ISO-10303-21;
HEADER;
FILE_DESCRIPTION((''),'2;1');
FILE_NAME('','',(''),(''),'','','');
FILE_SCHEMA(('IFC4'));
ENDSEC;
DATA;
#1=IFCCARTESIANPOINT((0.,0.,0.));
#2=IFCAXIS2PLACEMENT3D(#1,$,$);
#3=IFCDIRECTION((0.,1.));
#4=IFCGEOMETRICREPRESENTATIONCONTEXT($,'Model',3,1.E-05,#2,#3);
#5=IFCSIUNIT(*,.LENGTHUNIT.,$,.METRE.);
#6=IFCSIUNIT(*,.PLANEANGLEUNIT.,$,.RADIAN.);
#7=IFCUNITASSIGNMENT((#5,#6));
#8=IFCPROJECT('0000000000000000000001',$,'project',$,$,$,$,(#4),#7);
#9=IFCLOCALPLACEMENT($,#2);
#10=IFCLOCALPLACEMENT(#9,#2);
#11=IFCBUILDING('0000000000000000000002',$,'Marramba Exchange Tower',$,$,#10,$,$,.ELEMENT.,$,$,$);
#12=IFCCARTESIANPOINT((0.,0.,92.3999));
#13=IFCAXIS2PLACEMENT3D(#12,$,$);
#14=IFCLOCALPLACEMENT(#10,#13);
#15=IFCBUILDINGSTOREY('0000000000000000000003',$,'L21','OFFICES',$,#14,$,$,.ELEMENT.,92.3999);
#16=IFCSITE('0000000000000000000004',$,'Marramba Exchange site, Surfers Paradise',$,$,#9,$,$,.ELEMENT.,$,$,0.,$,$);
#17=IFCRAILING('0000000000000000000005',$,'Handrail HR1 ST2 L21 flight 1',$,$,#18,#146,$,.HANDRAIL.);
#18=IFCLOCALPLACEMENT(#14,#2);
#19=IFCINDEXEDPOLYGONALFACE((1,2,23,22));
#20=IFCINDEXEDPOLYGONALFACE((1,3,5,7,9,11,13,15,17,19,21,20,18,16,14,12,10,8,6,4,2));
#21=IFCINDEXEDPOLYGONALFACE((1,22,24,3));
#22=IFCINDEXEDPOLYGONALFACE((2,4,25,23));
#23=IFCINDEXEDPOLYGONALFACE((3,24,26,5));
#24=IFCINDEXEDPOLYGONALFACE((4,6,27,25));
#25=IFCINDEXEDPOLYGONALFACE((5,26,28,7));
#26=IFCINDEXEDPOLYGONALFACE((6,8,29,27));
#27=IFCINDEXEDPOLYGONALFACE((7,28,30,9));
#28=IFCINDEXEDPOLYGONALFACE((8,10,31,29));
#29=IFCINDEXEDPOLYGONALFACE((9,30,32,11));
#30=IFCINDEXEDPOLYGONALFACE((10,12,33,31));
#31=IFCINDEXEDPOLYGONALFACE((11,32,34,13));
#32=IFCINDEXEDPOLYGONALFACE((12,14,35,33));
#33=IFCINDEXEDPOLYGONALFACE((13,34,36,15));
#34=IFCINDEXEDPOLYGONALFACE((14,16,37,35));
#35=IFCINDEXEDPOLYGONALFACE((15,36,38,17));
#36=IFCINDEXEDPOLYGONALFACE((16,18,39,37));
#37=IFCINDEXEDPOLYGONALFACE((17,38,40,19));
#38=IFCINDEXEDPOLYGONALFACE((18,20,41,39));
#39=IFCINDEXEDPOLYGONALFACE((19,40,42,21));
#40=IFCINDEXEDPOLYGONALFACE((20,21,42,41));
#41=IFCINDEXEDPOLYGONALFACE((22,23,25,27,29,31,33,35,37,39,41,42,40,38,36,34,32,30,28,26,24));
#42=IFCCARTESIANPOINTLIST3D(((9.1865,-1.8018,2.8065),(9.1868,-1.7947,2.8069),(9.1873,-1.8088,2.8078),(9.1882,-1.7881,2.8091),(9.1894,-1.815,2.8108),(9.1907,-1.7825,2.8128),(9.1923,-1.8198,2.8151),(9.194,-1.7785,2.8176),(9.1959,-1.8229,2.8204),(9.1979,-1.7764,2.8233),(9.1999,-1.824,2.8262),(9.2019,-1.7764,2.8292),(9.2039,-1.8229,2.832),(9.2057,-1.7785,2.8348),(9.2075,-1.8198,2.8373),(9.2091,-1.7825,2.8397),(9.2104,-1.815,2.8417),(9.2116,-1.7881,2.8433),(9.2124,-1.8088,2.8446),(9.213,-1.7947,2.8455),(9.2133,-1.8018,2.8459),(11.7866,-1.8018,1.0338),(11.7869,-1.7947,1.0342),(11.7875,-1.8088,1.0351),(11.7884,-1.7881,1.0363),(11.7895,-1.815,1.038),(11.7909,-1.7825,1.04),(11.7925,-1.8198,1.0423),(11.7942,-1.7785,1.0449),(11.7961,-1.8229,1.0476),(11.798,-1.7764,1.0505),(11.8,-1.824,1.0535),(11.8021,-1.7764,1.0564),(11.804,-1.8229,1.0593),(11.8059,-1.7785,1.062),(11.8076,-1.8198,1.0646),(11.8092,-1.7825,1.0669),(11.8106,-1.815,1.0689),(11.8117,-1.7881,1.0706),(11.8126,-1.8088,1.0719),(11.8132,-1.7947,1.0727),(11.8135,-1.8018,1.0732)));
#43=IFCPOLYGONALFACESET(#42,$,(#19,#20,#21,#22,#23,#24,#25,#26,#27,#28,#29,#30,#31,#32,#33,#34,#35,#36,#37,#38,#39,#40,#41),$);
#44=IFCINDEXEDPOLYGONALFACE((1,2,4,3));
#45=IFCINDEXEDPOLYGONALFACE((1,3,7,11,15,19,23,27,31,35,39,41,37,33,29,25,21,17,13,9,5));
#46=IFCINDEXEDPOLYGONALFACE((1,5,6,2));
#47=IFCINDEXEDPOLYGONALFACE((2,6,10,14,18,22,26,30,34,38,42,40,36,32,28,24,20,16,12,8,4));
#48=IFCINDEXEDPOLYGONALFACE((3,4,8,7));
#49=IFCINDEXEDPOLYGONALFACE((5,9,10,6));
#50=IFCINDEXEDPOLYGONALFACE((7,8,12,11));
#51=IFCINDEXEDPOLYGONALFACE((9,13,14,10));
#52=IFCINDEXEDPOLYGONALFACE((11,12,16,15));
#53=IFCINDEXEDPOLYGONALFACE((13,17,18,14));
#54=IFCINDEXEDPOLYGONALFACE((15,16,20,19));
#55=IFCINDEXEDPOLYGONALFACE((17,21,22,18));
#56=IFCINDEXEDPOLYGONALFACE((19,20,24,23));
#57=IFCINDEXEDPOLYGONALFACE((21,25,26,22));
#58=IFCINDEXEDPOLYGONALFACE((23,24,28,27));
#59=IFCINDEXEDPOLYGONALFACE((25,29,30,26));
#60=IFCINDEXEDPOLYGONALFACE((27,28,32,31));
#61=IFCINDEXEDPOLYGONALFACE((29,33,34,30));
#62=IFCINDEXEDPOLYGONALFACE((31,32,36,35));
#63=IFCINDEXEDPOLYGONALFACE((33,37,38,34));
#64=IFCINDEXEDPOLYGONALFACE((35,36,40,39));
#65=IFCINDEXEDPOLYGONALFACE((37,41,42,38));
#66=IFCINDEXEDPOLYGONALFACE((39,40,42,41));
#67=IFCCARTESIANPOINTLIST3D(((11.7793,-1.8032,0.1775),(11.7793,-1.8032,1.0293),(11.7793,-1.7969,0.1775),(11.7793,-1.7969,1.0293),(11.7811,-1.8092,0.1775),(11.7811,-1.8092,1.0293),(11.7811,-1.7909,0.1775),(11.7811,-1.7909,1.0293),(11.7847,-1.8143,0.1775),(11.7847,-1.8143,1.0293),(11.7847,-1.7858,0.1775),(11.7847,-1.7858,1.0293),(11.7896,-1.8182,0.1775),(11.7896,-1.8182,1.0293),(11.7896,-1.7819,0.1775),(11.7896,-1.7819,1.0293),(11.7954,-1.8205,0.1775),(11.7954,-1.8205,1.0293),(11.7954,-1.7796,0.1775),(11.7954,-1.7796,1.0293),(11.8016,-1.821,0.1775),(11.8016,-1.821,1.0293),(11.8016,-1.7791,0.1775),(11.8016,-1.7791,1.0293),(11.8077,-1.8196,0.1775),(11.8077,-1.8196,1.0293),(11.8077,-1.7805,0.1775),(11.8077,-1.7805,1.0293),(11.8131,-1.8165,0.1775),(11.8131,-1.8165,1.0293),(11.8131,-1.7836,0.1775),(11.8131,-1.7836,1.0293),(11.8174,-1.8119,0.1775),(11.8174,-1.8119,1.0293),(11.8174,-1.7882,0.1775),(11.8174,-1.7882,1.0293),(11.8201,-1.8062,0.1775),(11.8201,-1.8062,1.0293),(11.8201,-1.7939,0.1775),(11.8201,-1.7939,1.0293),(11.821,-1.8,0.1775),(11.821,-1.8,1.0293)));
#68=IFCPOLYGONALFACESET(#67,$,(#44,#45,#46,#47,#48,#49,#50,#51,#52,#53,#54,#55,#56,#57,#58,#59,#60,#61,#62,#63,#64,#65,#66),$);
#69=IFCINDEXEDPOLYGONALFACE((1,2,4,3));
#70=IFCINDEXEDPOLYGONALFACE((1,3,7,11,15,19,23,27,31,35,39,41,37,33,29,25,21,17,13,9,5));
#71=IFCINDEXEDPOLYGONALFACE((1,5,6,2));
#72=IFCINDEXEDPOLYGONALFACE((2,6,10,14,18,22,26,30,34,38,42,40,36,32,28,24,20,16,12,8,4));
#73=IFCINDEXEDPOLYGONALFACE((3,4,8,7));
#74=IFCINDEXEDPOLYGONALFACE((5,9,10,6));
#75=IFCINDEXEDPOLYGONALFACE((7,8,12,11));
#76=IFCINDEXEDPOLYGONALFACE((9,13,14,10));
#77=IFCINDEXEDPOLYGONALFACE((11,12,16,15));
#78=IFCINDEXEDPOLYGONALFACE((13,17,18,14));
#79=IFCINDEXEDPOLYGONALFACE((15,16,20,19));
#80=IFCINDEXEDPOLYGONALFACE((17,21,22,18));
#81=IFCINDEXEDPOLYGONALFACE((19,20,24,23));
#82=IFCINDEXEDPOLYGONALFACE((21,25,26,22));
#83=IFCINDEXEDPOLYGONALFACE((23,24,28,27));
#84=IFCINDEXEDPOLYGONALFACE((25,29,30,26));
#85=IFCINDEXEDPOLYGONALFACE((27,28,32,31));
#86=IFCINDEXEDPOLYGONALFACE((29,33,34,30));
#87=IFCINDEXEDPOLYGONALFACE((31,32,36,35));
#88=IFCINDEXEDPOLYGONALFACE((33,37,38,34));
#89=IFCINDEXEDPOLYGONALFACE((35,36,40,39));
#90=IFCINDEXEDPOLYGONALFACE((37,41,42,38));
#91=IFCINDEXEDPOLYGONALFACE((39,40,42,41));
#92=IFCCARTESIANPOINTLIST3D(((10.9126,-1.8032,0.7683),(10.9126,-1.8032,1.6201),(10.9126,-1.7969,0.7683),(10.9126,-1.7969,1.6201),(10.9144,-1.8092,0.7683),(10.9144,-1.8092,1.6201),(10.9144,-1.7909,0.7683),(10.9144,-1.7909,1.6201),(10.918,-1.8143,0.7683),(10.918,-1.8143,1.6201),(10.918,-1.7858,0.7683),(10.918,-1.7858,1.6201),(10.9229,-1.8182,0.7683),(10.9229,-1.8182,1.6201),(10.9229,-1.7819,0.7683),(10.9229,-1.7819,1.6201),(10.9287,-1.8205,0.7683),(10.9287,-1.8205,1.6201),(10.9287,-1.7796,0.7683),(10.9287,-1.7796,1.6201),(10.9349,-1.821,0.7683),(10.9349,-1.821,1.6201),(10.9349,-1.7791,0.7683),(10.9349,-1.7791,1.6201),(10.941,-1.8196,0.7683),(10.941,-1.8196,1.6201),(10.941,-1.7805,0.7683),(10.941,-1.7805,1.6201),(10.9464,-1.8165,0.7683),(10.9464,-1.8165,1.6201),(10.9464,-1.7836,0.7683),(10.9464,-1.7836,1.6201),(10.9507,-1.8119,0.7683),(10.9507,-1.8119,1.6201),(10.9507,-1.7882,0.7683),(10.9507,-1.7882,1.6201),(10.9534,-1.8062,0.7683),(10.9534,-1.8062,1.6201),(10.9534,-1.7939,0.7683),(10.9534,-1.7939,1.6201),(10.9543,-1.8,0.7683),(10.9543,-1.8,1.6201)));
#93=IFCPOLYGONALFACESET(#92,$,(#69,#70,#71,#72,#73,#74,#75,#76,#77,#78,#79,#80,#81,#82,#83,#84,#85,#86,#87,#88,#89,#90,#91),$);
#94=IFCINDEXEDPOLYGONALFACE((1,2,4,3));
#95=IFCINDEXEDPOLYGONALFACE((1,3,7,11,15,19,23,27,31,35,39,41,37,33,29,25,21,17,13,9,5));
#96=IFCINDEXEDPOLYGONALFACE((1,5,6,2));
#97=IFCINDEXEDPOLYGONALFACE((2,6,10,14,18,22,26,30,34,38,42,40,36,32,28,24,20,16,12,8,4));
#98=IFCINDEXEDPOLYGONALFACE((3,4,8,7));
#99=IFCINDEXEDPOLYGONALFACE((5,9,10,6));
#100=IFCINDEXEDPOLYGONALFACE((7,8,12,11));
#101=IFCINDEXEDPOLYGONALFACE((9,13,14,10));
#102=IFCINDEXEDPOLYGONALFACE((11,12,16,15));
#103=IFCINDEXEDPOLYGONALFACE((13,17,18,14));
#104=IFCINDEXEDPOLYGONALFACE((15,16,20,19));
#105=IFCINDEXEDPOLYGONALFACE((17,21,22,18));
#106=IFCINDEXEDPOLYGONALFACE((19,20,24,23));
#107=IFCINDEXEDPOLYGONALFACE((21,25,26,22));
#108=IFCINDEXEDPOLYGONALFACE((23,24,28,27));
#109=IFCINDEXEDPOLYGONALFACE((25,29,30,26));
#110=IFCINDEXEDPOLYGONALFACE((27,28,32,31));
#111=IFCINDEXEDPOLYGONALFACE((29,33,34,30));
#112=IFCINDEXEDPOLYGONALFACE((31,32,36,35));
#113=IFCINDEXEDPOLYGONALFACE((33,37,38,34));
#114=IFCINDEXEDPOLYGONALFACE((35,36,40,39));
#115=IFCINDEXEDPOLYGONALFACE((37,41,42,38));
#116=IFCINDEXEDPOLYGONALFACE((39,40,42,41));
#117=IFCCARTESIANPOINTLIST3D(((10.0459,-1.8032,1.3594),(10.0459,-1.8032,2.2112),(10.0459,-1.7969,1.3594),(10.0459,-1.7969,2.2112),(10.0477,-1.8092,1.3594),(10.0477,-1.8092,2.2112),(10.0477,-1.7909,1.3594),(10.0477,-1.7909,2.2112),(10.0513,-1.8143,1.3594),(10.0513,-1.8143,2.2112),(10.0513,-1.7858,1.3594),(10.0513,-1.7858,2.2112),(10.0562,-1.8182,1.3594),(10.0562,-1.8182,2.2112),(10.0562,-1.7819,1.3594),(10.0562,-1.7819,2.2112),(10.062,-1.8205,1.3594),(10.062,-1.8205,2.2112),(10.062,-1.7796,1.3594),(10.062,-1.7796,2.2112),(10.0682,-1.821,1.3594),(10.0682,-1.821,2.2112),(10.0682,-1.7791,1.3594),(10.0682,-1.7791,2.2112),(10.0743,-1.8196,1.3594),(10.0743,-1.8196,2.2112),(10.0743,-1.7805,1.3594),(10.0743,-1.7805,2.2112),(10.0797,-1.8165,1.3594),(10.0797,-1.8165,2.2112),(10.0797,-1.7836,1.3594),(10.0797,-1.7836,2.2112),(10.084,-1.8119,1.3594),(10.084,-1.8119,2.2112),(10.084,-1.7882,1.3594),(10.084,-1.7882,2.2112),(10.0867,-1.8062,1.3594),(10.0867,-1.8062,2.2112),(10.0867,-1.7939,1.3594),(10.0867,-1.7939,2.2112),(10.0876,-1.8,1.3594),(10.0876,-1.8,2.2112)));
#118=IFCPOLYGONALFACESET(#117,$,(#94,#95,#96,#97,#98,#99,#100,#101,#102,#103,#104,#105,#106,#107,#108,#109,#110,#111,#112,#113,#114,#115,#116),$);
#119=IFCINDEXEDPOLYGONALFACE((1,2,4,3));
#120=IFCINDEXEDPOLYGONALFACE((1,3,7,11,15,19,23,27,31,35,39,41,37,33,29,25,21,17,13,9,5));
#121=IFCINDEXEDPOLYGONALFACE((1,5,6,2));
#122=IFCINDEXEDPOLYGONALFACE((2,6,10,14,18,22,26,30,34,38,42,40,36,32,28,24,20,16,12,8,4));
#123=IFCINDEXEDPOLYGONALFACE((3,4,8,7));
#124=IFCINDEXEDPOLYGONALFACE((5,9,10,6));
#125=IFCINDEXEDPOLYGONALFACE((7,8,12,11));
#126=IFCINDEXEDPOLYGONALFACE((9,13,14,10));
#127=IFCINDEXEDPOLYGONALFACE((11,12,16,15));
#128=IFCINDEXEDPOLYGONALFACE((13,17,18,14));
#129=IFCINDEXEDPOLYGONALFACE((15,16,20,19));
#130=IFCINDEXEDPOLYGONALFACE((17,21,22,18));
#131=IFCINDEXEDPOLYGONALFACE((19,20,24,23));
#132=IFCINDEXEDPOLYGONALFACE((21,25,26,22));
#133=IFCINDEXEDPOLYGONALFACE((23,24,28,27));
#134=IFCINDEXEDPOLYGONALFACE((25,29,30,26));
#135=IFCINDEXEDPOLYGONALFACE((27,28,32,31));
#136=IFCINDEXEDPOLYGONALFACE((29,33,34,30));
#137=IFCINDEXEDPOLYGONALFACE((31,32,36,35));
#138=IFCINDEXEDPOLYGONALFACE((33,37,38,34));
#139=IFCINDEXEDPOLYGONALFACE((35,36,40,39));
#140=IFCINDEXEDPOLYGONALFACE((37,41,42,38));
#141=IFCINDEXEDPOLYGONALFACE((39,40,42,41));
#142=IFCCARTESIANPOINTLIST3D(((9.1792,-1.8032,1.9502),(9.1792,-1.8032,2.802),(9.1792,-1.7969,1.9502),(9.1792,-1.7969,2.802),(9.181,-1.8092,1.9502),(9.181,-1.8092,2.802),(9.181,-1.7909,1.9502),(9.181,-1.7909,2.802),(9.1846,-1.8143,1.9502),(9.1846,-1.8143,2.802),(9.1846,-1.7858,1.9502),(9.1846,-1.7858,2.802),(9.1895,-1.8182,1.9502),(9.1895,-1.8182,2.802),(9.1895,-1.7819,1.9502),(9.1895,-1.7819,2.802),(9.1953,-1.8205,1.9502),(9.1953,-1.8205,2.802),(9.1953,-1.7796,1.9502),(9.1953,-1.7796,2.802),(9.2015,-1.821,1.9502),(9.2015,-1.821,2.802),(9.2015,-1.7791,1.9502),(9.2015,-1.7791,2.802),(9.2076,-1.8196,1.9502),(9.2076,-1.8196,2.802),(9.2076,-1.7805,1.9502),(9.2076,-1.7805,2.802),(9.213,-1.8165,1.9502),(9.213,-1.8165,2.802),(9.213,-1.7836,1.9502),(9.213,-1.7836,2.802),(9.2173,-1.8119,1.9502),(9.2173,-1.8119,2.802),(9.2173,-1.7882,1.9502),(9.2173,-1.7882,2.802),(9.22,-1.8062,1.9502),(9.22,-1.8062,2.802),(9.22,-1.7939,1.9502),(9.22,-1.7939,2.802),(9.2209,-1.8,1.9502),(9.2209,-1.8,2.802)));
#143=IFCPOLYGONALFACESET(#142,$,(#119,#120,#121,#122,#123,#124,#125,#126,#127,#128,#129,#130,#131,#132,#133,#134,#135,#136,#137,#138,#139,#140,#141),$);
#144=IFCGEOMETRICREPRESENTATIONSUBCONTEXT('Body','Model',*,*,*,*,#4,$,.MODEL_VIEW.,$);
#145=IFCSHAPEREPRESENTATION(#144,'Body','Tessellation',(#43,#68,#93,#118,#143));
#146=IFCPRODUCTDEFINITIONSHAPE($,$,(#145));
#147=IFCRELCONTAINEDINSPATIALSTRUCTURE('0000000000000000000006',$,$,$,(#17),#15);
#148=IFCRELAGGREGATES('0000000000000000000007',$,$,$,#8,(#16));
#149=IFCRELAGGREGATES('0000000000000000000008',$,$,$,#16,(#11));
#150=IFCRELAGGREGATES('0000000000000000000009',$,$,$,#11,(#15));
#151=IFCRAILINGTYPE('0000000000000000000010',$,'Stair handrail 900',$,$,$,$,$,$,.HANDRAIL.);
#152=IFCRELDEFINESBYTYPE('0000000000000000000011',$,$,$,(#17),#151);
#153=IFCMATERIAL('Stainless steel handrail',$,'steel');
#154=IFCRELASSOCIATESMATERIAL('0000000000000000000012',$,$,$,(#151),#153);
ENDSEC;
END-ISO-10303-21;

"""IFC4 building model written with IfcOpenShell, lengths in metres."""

from ifc_helpers import new_model, si_unit, direction, frame, origin, origin_2d, place, context, subcontext, project, spatial, circle, extrude, material, type_object, element, save


model = new_model("IFC4")

# Units and contexts
model_context = context("Model", 3, precision=1e-05, world=origin(), true_north=direction((0.0, 1.0)))
body_context = subcontext(model_context, "Body", "Model", "MODEL_VIEW")
ifc_project = project(units=[si_unit("LENGTHUNIT", "METRE"), si_unit("PLANEANGLEUNIT", "RADIAN")], contexts=[model_context])

# Site, building, storey
site_placement = place(None, origin())
site = spatial("IfcSite", under=ifc_project, at=site_placement, Name="Marramba Exchange site, Surfers Paradise", CompositionType="ELEMENT", RefElevation=0.0)
building_placement = place(site_placement, origin())
building = spatial("IfcBuilding", under=site, at=building_placement, Name="Marramba Exchange Tower", CompositionType="ELEMENT")
storey_placement = place(building_placement, frame((0.0, 0.0, 92.3999)))
storey = spatial("IfcBuildingStorey", under=building, at=storey_placement, Name="L21", Description="OFFICES", CompositionType="ELEMENT", Elevation=92.3999)

# Railing
ifc_material_1 = material(Name="Stainless steel handrail", Category="steel")
railing_type = type_object("IfcRailingType", Name="Stair handrail 900", PredefinedType="HANDRAIL", material=ifc_material_1)
railing_placement = place(storey_placement, frame((11.8, -1.8, 0.1775)))
element("IfcRailing", 1, at=railing_placement, inside=storey, type_object=railing_type, Name="Handrail HR1 ST2 L21 flight 1", PredefinedType="HANDRAIL", context=body_context, shape_type="SweptSolid", body=[
    extrude(circle(Radius=0.0239, at=origin_2d()), frame((0.0, 0.0, 0.876), z_axis=(-0.82624, 0.0, 0.563318), x_axis=(0.0, -1.0, 0.0)), (0.0, 0.0, 1.0), 3.147),
    extrude(circle(Radius=0.021, at=origin_2d()), origin(), (0.0, 0.0, 1.0), 0.8518),
    extrude(circle(Radius=0.021, at=origin_2d()), frame((-0.8667, 0.0, 0.5908)), (0.0, 0.0, 1.0), 0.8518),
    extrude(circle(Radius=0.021, at=origin_2d()), frame((-1.7334, 0.0, 1.1819)), (0.0, 0.0, 1.0), 0.8518),
    extrude(circle(Radius=0.021, at=origin_2d()), frame((-2.6001, 0.0, 1.7727)), (0.0, 0.0, 1.0), 0.8518),
])

save(model, "model.ifc")
